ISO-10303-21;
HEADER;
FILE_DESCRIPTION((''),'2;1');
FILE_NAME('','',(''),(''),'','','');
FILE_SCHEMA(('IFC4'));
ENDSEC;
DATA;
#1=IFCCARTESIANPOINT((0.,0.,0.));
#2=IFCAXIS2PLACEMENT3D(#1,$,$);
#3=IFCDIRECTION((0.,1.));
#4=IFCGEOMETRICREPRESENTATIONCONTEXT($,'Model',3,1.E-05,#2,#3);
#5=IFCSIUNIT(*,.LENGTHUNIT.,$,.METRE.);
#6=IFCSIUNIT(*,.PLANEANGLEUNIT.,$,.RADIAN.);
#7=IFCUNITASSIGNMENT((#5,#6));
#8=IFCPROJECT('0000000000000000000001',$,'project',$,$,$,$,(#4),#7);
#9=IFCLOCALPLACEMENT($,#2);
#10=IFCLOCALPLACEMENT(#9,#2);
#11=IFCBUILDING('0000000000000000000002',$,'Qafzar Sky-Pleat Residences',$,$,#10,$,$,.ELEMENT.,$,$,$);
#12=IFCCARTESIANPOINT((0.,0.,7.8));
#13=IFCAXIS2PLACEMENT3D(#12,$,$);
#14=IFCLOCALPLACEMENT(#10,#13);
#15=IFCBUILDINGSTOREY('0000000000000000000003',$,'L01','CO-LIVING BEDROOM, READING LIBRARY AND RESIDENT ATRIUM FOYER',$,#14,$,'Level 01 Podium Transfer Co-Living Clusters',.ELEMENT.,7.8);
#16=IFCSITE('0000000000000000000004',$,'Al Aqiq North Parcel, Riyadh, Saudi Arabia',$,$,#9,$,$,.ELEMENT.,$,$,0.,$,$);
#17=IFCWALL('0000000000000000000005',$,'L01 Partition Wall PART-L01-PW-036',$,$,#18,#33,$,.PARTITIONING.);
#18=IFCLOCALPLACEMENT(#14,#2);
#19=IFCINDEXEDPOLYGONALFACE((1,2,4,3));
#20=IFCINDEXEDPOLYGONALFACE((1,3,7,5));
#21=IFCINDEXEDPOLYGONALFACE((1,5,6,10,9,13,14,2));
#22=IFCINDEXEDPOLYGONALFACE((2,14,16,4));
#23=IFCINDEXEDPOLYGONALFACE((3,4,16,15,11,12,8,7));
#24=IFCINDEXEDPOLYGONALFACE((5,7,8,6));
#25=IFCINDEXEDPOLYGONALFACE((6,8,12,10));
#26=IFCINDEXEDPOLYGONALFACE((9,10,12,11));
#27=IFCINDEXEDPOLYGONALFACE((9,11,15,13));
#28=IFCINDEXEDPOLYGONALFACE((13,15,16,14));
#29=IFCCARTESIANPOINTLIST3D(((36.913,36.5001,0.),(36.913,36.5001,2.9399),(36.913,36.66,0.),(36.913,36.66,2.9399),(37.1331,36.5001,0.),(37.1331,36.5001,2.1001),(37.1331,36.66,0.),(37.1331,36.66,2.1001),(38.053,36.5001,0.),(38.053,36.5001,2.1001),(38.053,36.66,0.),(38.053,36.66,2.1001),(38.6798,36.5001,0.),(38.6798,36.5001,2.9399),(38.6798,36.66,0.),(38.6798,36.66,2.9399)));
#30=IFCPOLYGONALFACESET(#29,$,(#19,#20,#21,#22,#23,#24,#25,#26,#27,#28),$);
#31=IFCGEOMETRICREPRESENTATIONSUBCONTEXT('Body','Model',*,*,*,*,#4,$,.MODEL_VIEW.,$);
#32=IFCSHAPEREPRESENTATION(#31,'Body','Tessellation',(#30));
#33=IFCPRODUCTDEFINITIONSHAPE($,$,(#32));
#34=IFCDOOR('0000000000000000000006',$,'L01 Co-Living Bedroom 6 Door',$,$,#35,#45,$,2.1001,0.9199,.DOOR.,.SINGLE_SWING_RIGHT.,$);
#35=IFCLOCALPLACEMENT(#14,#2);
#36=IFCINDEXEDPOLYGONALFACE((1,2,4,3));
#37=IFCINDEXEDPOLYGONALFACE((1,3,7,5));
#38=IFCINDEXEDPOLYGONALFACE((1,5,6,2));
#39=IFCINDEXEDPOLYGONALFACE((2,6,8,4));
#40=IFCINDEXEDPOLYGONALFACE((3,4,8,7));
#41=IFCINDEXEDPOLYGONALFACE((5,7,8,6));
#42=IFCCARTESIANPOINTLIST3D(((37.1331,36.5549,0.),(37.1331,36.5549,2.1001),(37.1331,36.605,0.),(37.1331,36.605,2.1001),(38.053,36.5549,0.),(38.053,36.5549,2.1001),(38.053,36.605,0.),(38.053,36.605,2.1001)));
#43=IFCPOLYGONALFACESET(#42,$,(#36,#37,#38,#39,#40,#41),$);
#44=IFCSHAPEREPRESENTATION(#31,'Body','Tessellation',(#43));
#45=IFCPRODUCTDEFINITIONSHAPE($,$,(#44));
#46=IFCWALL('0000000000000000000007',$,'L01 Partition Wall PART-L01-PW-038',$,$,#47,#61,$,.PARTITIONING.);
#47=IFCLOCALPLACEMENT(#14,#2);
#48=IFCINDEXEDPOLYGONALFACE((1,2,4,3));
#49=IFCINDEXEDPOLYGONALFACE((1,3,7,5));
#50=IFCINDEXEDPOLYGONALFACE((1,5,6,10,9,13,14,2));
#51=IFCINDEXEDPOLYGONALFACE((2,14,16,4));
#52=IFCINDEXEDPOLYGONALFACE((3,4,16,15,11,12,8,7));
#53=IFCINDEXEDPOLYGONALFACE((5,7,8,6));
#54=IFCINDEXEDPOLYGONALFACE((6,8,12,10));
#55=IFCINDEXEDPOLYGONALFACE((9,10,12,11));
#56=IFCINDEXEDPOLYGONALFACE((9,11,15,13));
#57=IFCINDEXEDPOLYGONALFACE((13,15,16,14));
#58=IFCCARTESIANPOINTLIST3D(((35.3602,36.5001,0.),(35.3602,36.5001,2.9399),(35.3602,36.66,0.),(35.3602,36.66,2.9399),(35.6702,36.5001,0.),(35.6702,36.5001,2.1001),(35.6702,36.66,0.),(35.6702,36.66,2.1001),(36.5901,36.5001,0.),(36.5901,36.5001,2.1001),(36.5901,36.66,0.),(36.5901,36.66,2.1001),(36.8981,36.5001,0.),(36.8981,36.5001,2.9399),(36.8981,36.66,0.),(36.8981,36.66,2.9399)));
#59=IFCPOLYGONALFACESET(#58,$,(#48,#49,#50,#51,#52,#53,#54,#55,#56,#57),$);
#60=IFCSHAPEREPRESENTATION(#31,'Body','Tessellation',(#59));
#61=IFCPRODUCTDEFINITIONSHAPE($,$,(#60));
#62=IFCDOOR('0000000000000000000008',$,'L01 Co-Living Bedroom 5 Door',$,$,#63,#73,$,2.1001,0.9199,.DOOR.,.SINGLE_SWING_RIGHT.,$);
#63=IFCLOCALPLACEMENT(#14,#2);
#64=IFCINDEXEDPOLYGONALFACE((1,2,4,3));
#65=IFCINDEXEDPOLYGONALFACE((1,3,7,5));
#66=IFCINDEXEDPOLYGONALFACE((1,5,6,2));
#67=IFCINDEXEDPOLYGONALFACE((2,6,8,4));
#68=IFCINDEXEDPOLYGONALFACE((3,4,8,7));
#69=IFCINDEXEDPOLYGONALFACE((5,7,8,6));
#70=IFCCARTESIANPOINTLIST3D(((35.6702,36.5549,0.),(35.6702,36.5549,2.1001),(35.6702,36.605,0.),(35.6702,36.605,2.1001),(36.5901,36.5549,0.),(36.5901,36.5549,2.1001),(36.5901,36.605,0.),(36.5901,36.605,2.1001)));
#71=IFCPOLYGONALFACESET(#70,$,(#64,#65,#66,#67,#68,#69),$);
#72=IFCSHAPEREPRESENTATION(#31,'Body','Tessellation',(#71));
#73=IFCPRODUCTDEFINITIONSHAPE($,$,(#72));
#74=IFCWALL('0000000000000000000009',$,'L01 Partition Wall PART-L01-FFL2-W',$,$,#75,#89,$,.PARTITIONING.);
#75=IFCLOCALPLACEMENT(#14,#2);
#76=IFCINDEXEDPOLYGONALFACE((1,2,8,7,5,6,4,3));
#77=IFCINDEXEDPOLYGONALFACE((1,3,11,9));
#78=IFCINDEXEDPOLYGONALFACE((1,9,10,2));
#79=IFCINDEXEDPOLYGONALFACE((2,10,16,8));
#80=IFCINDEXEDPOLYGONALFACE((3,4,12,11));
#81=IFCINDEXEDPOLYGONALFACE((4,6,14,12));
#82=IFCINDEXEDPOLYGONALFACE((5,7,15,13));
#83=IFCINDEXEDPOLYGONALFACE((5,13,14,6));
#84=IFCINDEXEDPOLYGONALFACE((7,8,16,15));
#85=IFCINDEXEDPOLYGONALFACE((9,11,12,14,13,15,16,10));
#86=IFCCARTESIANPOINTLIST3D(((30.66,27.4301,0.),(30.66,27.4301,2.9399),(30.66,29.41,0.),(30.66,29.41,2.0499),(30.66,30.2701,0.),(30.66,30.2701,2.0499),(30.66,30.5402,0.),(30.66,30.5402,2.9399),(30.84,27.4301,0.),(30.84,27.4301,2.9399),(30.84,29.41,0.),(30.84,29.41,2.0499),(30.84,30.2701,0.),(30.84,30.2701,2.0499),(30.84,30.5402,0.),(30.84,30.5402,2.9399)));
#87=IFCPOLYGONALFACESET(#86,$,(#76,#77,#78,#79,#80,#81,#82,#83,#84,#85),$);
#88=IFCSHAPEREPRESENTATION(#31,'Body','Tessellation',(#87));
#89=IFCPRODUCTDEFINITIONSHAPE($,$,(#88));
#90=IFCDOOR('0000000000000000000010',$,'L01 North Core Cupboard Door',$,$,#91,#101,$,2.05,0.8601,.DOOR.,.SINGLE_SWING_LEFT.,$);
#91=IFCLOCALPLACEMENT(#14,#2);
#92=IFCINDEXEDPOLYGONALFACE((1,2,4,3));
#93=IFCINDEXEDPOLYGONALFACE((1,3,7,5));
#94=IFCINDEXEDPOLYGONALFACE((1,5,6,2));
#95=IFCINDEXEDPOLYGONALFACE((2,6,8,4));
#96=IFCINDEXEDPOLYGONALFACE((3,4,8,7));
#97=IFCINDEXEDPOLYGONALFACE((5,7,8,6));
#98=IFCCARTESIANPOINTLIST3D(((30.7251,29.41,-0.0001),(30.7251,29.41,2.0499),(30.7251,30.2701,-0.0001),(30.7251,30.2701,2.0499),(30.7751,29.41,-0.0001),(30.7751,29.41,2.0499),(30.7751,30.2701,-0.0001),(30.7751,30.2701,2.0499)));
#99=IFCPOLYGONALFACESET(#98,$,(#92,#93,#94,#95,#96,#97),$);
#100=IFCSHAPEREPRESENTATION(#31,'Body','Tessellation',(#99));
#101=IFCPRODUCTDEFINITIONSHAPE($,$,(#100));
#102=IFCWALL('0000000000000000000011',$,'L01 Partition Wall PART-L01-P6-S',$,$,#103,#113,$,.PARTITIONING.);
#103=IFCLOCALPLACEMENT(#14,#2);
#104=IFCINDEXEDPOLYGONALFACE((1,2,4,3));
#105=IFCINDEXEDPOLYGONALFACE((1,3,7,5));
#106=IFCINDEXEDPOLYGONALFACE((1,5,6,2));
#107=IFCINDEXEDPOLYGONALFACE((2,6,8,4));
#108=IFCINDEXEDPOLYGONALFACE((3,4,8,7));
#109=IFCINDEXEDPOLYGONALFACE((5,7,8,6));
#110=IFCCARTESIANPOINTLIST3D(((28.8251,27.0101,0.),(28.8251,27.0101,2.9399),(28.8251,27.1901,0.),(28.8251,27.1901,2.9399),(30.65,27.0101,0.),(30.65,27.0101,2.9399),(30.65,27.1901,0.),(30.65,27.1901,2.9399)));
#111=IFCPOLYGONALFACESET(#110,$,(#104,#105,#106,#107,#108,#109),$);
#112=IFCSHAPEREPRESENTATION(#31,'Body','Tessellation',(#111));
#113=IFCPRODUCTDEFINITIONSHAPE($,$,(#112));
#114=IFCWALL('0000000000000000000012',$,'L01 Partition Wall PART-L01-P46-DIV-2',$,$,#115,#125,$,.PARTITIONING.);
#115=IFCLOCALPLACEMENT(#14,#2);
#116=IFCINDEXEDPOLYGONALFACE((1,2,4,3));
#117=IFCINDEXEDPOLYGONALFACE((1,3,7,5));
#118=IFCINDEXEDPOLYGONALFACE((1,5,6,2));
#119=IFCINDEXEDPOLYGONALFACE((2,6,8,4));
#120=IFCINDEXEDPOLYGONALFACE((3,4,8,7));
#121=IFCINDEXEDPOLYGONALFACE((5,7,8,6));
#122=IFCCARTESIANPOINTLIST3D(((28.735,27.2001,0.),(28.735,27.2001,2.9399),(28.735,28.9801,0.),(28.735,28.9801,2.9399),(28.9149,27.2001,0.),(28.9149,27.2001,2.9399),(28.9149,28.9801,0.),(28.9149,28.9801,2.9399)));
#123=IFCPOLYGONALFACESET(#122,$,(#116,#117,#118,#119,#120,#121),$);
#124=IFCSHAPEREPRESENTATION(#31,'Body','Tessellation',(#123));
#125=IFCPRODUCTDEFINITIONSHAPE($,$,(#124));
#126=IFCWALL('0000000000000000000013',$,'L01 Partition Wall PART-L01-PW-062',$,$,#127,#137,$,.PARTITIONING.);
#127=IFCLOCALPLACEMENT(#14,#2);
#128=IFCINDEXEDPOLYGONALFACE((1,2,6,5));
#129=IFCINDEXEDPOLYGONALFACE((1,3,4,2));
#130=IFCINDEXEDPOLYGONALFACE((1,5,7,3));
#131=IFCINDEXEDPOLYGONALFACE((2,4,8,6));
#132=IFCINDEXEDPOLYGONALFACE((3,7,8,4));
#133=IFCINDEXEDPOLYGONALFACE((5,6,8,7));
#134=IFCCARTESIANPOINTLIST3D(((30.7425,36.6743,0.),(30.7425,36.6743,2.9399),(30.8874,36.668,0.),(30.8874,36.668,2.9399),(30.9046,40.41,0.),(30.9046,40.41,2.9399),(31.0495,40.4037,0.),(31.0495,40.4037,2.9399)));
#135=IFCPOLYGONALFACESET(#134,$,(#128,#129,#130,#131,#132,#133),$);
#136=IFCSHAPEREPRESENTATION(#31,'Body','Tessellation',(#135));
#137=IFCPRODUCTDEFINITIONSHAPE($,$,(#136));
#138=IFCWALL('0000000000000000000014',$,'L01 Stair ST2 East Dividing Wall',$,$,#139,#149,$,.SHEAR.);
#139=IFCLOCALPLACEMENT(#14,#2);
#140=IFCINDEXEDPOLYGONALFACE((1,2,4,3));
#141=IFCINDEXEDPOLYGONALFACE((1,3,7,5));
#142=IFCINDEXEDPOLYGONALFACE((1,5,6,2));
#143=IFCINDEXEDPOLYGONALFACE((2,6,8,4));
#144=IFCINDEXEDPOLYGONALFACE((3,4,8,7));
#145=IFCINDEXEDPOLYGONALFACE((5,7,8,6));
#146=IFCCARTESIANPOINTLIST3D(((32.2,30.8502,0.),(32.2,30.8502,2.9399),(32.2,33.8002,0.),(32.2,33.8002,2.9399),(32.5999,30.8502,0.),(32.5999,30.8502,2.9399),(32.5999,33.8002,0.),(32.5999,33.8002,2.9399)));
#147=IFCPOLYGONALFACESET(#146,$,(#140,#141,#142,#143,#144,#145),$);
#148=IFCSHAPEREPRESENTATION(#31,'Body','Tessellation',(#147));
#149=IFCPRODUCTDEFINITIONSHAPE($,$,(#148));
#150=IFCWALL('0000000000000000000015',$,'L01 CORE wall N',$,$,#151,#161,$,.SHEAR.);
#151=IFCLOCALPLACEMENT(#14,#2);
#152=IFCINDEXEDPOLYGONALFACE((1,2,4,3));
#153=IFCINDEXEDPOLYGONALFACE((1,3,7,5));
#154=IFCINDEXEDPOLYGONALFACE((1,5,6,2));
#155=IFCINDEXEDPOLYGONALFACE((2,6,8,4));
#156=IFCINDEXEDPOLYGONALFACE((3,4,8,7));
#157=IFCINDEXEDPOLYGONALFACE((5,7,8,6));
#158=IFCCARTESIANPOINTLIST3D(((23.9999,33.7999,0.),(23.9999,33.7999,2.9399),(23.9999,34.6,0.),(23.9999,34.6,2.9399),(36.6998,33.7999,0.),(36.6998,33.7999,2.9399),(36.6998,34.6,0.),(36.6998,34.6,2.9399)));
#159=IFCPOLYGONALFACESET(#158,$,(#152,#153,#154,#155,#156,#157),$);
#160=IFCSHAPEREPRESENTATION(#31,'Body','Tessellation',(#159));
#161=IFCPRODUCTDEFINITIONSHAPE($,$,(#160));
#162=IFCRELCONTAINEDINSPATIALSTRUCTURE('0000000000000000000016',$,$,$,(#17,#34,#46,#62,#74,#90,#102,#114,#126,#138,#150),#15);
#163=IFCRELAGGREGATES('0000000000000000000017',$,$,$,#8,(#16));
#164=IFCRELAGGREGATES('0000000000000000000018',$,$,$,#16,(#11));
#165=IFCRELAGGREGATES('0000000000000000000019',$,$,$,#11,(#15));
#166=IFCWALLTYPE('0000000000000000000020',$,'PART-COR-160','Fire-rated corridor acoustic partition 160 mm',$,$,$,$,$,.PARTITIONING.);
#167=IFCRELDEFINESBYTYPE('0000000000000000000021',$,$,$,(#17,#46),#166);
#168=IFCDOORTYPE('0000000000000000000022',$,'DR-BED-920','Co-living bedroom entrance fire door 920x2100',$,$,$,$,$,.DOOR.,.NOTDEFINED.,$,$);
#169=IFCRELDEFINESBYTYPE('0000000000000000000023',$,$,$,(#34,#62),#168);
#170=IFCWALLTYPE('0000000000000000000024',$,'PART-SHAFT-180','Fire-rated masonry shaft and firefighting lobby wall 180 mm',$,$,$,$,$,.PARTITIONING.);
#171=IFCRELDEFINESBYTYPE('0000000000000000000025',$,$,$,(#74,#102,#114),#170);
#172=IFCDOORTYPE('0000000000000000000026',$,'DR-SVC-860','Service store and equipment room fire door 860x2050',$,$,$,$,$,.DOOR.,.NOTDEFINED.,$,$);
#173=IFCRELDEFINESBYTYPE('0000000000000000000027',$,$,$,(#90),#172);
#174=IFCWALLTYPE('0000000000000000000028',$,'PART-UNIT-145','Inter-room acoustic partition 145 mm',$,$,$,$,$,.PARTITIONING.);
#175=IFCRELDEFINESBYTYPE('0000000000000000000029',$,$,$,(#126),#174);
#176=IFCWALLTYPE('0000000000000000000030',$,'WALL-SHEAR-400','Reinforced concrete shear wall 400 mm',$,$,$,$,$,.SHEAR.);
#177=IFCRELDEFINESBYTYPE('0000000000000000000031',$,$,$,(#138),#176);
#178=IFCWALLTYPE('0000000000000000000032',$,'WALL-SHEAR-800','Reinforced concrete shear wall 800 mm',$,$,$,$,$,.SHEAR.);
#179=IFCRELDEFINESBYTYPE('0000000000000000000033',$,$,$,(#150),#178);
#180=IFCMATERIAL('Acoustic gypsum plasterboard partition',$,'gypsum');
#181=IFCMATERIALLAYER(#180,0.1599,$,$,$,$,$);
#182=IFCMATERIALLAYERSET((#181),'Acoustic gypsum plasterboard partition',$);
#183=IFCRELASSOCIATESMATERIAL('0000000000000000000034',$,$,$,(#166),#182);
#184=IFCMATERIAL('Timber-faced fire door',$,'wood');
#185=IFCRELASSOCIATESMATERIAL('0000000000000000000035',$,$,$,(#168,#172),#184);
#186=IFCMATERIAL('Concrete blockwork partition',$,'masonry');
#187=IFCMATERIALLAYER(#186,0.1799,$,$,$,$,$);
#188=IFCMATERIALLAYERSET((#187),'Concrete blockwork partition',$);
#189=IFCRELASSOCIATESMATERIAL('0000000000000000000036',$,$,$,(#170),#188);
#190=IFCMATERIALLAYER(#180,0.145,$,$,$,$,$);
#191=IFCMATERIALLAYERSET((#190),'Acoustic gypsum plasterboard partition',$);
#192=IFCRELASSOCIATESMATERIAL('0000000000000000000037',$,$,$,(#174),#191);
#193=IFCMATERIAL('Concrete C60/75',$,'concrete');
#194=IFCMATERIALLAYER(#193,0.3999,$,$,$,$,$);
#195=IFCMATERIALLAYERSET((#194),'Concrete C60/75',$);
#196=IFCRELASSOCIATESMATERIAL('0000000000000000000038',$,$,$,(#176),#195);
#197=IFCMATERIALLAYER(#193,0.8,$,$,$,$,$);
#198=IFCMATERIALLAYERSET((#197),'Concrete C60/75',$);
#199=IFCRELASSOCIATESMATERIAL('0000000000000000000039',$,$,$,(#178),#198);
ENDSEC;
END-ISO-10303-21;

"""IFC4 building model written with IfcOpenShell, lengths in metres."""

from ifc_helpers import new_model, si_unit, direction, frame, frame_2d, origin, place, context, subcontext, project, spatial, rectangle, extrude, source, transform, mapped, material, layer, layer_set, type_object, element, fill, save


model = new_model("IFC4")

# Units and contexts
model_context = context("Model", 3, precision=1e-05, world=origin(), true_north=direction((0.0, 1.0)))
body_context = subcontext(model_context, "Body", "Model", "MODEL_VIEW")
ifc_project = project(units=[si_unit("LENGTHUNIT", "METRE"), si_unit("PLANEANGLEUNIT", "RADIAN")], contexts=[model_context])

# Site, building, storey
site_placement = place(None, origin())
site = spatial("IfcSite", under=ifc_project, at=site_placement, Name="Al Aqiq North Parcel, Riyadh, Saudi Arabia", CompositionType="ELEMENT", RefElevation=0.0)
building_placement = place(site_placement, origin())
building = spatial("IfcBuilding", under=site, at=building_placement, Name="Qafzar Sky-Pleat Residences", CompositionType="ELEMENT")
storey_placement = place(building_placement, frame((0.0, 0.0, 7.8)))
storey = spatial("IfcBuildingStorey", under=building, at=storey_placement, Name="L01", Description="CO-LIVING BEDROOM, READING LIBRARY AND RESIDENT ATRIUM FOYER", LongName="Level 01 Podium Transfer Co-Living Clusters", CompositionType="ELEMENT", Elevation=7.8)

# Walls, openings, doors
ifc_material_1 = material(Name="Acoustic gypsum plasterboard partition", Category="gypsum")
ifc_layer_1 = layer(ifc_material_1, 0.1599)
ifc_layer_set_1 = layer_set([ifc_layer_1], Name="Acoustic gypsum plasterboard partition")
wall_type_1 = type_object("IfcWallType", Name="PART-COR-160", Description="Fire-rated corridor acoustic partition 160 mm", PredefinedType="PARTITIONING", material=ifc_layer_set_1)
ifc_material_2 = material(Name="Timber-faced fire door", Category="wood")
door_type_1 = type_object("IfcDoorType", Name="DR-BED-920", Description="Co-living bedroom entrance fire door 920x2100", OperationType="NOTDEFINED", PredefinedType="DOOR", material=ifc_material_2)
shared_shape_1 = source(origin(), body_context, "Body", "SweptSolid", [
    extrude(rectangle(XDim=0.9199, YDim=2.1001, at=frame_2d((0.46, 1.05))), frame((0.0, 0.0249, 0.0), z_axis=(0.0, -1.0, 0.0), x_axis=(1.0, 0.0, 0.0)), (0.0, 0.0, 1.0), 0.05),
])
wall_1_placement = place(storey_placement, frame((36.9131, 36.5801, 0.0), z_axis=(0.0, 0.0, 1.0), x_axis=(1.0, 0.0, 0.0)))
wall_1 = element("IfcWall", 1, at=wall_1_placement, inside=storey, type_object=wall_type_1, Name="L01 Partition Wall PART-L01-PW-036", PredefinedType="PARTITIONING", context=body_context, shape_type="SweptSolid", body=[
    extrude(rectangle(XDim=1.7668, YDim=0.1599, at=frame_2d((0.8833, 0.0))), origin(), (0.0, 0.0, 1.0), 2.9399),
])
opening_1_placement = place(wall_1_placement, frame((0.22, 0.0, 0.0)))
opening_1 = element("IfcOpeningElement", 2, at=opening_1_placement, cuts=wall_1, PredefinedType="OPENING", context=body_context, shape_type="SweptSolid", body=[
    extrude(rectangle(XDim=0.9199, YDim=2.1001, at=frame_2d((0.46, 1.05))), frame((0.0, 0.0898, 0.0), z_axis=(0.0, -1.0, 0.0), x_axis=(1.0, 0.0, 0.0)), (0.0, 0.0, 1.0), 0.1799),
])
door_1_placement = place(opening_1_placement, origin())
door_1 = element("IfcDoor", 3, at=door_1_placement, inside=storey, type_object=door_type_1, Name="L01 Co-Living Bedroom 6 Door", OperationType="SINGLE_SWING_RIGHT", OverallHeight=2.1001, OverallWidth=0.9199, PredefinedType="DOOR", context=body_context, shape_type="MappedRepresentation", body=[
    mapped(shared_shape_1, transform((0.0, 0.0, 0.0), x_axis=(1.0, 0.0, 0.0), y_axis=(0.0, 1.0, 0.0), z_axis=(0.0, 0.0, 1.0), scale=1.0)),
])
fill(opening_1, door_1)
wall_2_placement = place(storey_placement, frame((35.3601, 36.5801, 0.0), z_axis=(0.0, 0.0, 1.0), x_axis=(1.0, 0.0, 0.0)))
wall_2 = element("IfcWall", 4, at=wall_2_placement, inside=storey, type_object=wall_type_1, Name="L01 Partition Wall PART-L01-PW-038", PredefinedType="PARTITIONING", context=body_context, shape_type="SweptSolid", body=[
    extrude(rectangle(XDim=1.5378, YDim=0.1599, at=frame_2d((0.769, 0.0))), origin(), (0.0, 0.0, 1.0), 2.9399),
])
opening_2_placement = place(wall_2_placement, frame((0.3101, 0.0, 0.0)))
opening_2 = element("IfcOpeningElement", 5, at=opening_2_placement, cuts=wall_2, PredefinedType="OPENING", context=body_context, shape_type="SweptSolid", body=[
    extrude(rectangle(XDim=0.9199, YDim=2.1001, at=frame_2d((0.46, 1.05))), frame((0.0, 0.0898, 0.0), z_axis=(0.0, -1.0, 0.0), x_axis=(1.0, 0.0, 0.0)), (0.0, 0.0, 1.0), 0.1799),
])
door_2_placement = place(opening_2_placement, origin())
door_2 = element("IfcDoor", 6, at=door_2_placement, inside=storey, type_object=door_type_1, Name="L01 Co-Living Bedroom 5 Door", OperationType="SINGLE_SWING_RIGHT", OverallHeight=2.1001, OverallWidth=0.9199, PredefinedType="DOOR", context=body_context, shape_type="MappedRepresentation", body=[
    mapped(shared_shape_1, transform((0.0, 0.0, 0.0), x_axis=(1.0, 0.0, 0.0), y_axis=(0.0, 1.0, 0.0), z_axis=(0.0, 0.0, 1.0), scale=1.0)),
])
fill(opening_2, door_2)
ifc_material_3 = material(Name="Concrete blockwork partition", Category="masonry")
ifc_layer_2 = layer(ifc_material_3, 0.1799)
ifc_layer_set_2 = layer_set([ifc_layer_2], Name="Concrete blockwork partition")
wall_type_2 = type_object("IfcWallType", Name="PART-SHAFT-180", Description="Fire-rated masonry shaft and firefighting lobby wall 180 mm", PredefinedType="PARTITIONING", material=ifc_layer_set_2)
wall_3_placement = place(storey_placement, frame((30.75, 27.4299, 0.0), z_axis=(0.0, 0.0, 1.0), x_axis=(0.0, 1.0, 0.0)))
wall_3 = element("IfcWall", 7, at=wall_3_placement, inside=storey, type_object=wall_type_2, Name="L01 Partition Wall PART-L01-FFL2-W", PredefinedType="PARTITIONING", context=body_context, shape_type="SweptSolid", body=[
    extrude(rectangle(XDim=3.1101, YDim=0.1799, at=frame_2d((1.5552, 0.0))), origin(), (0.0, 0.0, 1.0), 2.9399),
])
opening_3_placement = place(wall_3_placement, frame((1.98, 0.0, 0.0)))
opening_3 = element("IfcOpeningElement", 8, at=opening_3_placement, cuts=wall_3, PredefinedType="OPENING", context=body_context, shape_type="SweptSolid", body=[
    extrude(rectangle(XDim=0.8601, YDim=2.05, at=frame_2d((0.4302, 1.0249))), frame((0.0, 0.1001, 0.0), z_axis=(0.0, -1.0, 0.0), x_axis=(1.0, 0.0, 0.0)), (0.0, 0.0, 1.0), 0.2),
])
door_type_2 = type_object("IfcDoorType", Name="DR-SVC-860", Description="Service store and equipment room fire door 860x2050", OperationType="NOTDEFINED", PredefinedType="DOOR", material=ifc_material_2)
shared_shape_2 = source(origin(), body_context, "Body", "SweptSolid", [
    extrude(rectangle(XDim=0.8601, YDim=2.05, at=frame_2d((0.4302, 1.0249))), frame((0.0, 0.0249, 0.0), z_axis=(0.0, -1.0, 0.0), x_axis=(1.0, 0.0, 0.0)), (0.0, 0.0, 1.0), 0.05),
])
door_3_placement = place(opening_3_placement, origin())
door_3 = element("IfcDoor", 9, at=door_3_placement, inside=storey, type_object=door_type_2, Name="L01 North Core Cupboard Door", OperationType="SINGLE_SWING_LEFT", OverallHeight=2.05, OverallWidth=0.8601, PredefinedType="DOOR", context=body_context, shape_type="MappedRepresentation", body=[
    mapped(shared_shape_2, transform((0.0, 0.0, 0.0), x_axis=(1.0, 0.0, 0.0), y_axis=(0.0, 1.0, 0.0), z_axis=(0.0, 0.0, 1.0), scale=1.0)),
])
fill(opening_3, door_3)

# Walls
wall_4_placement = place(storey_placement, frame((28.825, 27.1001, 0.0), z_axis=(0.0, 0.0, 1.0), x_axis=(1.0, 0.0, 0.0)))
element("IfcWall", 10, at=wall_4_placement, inside=storey, type_object=wall_type_2, Name="L01 Partition Wall PART-L01-P6-S", PredefinedType="PARTITIONING", context=body_context, shape_type="SweptSolid", body=[
    extrude(rectangle(XDim=1.825, YDim=0.1799, at=frame_2d((0.9126, 0.0))), origin(), (0.0, 0.0, 1.0), 2.9399),
])
wall_5_placement = place(storey_placement, frame((28.825, 27.2, 0.0), z_axis=(0.0, 0.0, 1.0), x_axis=(0.0, 1.0, 0.0)))
element("IfcWall", 11, at=wall_5_placement, inside=storey, type_object=wall_type_2, Name="L01 Partition Wall PART-L01-P46-DIV-2", PredefinedType="PARTITIONING", context=body_context, shape_type="SweptSolid", body=[
    extrude(rectangle(XDim=1.78, YDim=0.1799, at=frame_2d((0.8901, 0.0))), origin(), (0.0, 0.0, 1.0), 2.9399),
])
ifc_layer_3 = layer(ifc_material_1, 0.145)
ifc_layer_set_3 = layer_set([ifc_layer_3], Name="Acoustic gypsum plasterboard partition")
wall_type_3 = type_object("IfcWallType", Name="PART-UNIT-145", Description="Inter-room acoustic partition 145 mm", PredefinedType="PARTITIONING", material=ifc_layer_set_3)
wall_6_placement = place(storey_placement, frame((30.8149, 36.6711, 0.0), z_axis=(0.0, 0.0, 1.0), x_axis=(0.043352, 0.99906, 0.0)))
element("IfcWall", 12, at=wall_6_placement, inside=storey, type_object=wall_type_3, Name="L01 Partition Wall PART-L01-PW-062", PredefinedType="PARTITIONING", context=body_context, shape_type="SweptSolid", body=[
    extrude(rectangle(XDim=3.7393, YDim=0.145, at=frame_2d((1.8696, 0.0))), origin(), (0.0, 0.0, 1.0), 2.9399),
])
ifc_material_4 = material(Name="Concrete C60/75", Category="concrete")
ifc_layer_4 = layer(ifc_material_4, 0.3999)
ifc_layer_set_4 = layer_set([ifc_layer_4], Name="Concrete C60/75")
wall_type_4 = type_object("IfcWallType", Name="WALL-SHEAR-400", Description="Reinforced concrete shear wall 400 mm", PredefinedType="SHEAR", material=ifc_layer_set_4)
wall_7_placement = place(storey_placement, frame((32.3999, 30.8501, 0.0), z_axis=(0.0, 0.0, 1.0), x_axis=(0.0, 1.0, 0.0)))
element("IfcWall", 13, at=wall_7_placement, inside=storey, type_object=wall_type_4, Name="L01 Stair ST2 East Dividing Wall", PredefinedType="SHEAR", context=body_context, shape_type="SweptSolid", body=[
    extrude(rectangle(XDim=2.95, YDim=0.3999, at=frame_2d((1.4751, 0.0))), origin(), (0.0, 0.0, 1.0), 2.9399),
])
ifc_layer_5 = layer(ifc_material_4, 0.8)
ifc_layer_set_5 = layer_set([ifc_layer_5], Name="Concrete C60/75")
wall_type_5 = type_object("IfcWallType", Name="WALL-SHEAR-800", Description="Reinforced concrete shear wall 800 mm", PredefinedType="SHEAR", material=ifc_layer_set_5)
wall_8_placement = place(storey_placement, frame((36.7, 34.2, 0.0), z_axis=(0.0, 0.0, 1.0), x_axis=(-1.0, 0.0, 0.0)))
element("IfcWall", 14, at=wall_8_placement, inside=storey, type_object=wall_type_5, Name="L01 CORE wall N", PredefinedType="SHEAR", context=body_context, shape_type="SweptSolid", body=[
    extrude(rectangle(XDim=12.7, YDim=0.8, at=frame_2d((6.3501, 0.0))), origin(), (0.0, 0.0, 1.0), 2.9399),
])

save(model, "model.ifc")
